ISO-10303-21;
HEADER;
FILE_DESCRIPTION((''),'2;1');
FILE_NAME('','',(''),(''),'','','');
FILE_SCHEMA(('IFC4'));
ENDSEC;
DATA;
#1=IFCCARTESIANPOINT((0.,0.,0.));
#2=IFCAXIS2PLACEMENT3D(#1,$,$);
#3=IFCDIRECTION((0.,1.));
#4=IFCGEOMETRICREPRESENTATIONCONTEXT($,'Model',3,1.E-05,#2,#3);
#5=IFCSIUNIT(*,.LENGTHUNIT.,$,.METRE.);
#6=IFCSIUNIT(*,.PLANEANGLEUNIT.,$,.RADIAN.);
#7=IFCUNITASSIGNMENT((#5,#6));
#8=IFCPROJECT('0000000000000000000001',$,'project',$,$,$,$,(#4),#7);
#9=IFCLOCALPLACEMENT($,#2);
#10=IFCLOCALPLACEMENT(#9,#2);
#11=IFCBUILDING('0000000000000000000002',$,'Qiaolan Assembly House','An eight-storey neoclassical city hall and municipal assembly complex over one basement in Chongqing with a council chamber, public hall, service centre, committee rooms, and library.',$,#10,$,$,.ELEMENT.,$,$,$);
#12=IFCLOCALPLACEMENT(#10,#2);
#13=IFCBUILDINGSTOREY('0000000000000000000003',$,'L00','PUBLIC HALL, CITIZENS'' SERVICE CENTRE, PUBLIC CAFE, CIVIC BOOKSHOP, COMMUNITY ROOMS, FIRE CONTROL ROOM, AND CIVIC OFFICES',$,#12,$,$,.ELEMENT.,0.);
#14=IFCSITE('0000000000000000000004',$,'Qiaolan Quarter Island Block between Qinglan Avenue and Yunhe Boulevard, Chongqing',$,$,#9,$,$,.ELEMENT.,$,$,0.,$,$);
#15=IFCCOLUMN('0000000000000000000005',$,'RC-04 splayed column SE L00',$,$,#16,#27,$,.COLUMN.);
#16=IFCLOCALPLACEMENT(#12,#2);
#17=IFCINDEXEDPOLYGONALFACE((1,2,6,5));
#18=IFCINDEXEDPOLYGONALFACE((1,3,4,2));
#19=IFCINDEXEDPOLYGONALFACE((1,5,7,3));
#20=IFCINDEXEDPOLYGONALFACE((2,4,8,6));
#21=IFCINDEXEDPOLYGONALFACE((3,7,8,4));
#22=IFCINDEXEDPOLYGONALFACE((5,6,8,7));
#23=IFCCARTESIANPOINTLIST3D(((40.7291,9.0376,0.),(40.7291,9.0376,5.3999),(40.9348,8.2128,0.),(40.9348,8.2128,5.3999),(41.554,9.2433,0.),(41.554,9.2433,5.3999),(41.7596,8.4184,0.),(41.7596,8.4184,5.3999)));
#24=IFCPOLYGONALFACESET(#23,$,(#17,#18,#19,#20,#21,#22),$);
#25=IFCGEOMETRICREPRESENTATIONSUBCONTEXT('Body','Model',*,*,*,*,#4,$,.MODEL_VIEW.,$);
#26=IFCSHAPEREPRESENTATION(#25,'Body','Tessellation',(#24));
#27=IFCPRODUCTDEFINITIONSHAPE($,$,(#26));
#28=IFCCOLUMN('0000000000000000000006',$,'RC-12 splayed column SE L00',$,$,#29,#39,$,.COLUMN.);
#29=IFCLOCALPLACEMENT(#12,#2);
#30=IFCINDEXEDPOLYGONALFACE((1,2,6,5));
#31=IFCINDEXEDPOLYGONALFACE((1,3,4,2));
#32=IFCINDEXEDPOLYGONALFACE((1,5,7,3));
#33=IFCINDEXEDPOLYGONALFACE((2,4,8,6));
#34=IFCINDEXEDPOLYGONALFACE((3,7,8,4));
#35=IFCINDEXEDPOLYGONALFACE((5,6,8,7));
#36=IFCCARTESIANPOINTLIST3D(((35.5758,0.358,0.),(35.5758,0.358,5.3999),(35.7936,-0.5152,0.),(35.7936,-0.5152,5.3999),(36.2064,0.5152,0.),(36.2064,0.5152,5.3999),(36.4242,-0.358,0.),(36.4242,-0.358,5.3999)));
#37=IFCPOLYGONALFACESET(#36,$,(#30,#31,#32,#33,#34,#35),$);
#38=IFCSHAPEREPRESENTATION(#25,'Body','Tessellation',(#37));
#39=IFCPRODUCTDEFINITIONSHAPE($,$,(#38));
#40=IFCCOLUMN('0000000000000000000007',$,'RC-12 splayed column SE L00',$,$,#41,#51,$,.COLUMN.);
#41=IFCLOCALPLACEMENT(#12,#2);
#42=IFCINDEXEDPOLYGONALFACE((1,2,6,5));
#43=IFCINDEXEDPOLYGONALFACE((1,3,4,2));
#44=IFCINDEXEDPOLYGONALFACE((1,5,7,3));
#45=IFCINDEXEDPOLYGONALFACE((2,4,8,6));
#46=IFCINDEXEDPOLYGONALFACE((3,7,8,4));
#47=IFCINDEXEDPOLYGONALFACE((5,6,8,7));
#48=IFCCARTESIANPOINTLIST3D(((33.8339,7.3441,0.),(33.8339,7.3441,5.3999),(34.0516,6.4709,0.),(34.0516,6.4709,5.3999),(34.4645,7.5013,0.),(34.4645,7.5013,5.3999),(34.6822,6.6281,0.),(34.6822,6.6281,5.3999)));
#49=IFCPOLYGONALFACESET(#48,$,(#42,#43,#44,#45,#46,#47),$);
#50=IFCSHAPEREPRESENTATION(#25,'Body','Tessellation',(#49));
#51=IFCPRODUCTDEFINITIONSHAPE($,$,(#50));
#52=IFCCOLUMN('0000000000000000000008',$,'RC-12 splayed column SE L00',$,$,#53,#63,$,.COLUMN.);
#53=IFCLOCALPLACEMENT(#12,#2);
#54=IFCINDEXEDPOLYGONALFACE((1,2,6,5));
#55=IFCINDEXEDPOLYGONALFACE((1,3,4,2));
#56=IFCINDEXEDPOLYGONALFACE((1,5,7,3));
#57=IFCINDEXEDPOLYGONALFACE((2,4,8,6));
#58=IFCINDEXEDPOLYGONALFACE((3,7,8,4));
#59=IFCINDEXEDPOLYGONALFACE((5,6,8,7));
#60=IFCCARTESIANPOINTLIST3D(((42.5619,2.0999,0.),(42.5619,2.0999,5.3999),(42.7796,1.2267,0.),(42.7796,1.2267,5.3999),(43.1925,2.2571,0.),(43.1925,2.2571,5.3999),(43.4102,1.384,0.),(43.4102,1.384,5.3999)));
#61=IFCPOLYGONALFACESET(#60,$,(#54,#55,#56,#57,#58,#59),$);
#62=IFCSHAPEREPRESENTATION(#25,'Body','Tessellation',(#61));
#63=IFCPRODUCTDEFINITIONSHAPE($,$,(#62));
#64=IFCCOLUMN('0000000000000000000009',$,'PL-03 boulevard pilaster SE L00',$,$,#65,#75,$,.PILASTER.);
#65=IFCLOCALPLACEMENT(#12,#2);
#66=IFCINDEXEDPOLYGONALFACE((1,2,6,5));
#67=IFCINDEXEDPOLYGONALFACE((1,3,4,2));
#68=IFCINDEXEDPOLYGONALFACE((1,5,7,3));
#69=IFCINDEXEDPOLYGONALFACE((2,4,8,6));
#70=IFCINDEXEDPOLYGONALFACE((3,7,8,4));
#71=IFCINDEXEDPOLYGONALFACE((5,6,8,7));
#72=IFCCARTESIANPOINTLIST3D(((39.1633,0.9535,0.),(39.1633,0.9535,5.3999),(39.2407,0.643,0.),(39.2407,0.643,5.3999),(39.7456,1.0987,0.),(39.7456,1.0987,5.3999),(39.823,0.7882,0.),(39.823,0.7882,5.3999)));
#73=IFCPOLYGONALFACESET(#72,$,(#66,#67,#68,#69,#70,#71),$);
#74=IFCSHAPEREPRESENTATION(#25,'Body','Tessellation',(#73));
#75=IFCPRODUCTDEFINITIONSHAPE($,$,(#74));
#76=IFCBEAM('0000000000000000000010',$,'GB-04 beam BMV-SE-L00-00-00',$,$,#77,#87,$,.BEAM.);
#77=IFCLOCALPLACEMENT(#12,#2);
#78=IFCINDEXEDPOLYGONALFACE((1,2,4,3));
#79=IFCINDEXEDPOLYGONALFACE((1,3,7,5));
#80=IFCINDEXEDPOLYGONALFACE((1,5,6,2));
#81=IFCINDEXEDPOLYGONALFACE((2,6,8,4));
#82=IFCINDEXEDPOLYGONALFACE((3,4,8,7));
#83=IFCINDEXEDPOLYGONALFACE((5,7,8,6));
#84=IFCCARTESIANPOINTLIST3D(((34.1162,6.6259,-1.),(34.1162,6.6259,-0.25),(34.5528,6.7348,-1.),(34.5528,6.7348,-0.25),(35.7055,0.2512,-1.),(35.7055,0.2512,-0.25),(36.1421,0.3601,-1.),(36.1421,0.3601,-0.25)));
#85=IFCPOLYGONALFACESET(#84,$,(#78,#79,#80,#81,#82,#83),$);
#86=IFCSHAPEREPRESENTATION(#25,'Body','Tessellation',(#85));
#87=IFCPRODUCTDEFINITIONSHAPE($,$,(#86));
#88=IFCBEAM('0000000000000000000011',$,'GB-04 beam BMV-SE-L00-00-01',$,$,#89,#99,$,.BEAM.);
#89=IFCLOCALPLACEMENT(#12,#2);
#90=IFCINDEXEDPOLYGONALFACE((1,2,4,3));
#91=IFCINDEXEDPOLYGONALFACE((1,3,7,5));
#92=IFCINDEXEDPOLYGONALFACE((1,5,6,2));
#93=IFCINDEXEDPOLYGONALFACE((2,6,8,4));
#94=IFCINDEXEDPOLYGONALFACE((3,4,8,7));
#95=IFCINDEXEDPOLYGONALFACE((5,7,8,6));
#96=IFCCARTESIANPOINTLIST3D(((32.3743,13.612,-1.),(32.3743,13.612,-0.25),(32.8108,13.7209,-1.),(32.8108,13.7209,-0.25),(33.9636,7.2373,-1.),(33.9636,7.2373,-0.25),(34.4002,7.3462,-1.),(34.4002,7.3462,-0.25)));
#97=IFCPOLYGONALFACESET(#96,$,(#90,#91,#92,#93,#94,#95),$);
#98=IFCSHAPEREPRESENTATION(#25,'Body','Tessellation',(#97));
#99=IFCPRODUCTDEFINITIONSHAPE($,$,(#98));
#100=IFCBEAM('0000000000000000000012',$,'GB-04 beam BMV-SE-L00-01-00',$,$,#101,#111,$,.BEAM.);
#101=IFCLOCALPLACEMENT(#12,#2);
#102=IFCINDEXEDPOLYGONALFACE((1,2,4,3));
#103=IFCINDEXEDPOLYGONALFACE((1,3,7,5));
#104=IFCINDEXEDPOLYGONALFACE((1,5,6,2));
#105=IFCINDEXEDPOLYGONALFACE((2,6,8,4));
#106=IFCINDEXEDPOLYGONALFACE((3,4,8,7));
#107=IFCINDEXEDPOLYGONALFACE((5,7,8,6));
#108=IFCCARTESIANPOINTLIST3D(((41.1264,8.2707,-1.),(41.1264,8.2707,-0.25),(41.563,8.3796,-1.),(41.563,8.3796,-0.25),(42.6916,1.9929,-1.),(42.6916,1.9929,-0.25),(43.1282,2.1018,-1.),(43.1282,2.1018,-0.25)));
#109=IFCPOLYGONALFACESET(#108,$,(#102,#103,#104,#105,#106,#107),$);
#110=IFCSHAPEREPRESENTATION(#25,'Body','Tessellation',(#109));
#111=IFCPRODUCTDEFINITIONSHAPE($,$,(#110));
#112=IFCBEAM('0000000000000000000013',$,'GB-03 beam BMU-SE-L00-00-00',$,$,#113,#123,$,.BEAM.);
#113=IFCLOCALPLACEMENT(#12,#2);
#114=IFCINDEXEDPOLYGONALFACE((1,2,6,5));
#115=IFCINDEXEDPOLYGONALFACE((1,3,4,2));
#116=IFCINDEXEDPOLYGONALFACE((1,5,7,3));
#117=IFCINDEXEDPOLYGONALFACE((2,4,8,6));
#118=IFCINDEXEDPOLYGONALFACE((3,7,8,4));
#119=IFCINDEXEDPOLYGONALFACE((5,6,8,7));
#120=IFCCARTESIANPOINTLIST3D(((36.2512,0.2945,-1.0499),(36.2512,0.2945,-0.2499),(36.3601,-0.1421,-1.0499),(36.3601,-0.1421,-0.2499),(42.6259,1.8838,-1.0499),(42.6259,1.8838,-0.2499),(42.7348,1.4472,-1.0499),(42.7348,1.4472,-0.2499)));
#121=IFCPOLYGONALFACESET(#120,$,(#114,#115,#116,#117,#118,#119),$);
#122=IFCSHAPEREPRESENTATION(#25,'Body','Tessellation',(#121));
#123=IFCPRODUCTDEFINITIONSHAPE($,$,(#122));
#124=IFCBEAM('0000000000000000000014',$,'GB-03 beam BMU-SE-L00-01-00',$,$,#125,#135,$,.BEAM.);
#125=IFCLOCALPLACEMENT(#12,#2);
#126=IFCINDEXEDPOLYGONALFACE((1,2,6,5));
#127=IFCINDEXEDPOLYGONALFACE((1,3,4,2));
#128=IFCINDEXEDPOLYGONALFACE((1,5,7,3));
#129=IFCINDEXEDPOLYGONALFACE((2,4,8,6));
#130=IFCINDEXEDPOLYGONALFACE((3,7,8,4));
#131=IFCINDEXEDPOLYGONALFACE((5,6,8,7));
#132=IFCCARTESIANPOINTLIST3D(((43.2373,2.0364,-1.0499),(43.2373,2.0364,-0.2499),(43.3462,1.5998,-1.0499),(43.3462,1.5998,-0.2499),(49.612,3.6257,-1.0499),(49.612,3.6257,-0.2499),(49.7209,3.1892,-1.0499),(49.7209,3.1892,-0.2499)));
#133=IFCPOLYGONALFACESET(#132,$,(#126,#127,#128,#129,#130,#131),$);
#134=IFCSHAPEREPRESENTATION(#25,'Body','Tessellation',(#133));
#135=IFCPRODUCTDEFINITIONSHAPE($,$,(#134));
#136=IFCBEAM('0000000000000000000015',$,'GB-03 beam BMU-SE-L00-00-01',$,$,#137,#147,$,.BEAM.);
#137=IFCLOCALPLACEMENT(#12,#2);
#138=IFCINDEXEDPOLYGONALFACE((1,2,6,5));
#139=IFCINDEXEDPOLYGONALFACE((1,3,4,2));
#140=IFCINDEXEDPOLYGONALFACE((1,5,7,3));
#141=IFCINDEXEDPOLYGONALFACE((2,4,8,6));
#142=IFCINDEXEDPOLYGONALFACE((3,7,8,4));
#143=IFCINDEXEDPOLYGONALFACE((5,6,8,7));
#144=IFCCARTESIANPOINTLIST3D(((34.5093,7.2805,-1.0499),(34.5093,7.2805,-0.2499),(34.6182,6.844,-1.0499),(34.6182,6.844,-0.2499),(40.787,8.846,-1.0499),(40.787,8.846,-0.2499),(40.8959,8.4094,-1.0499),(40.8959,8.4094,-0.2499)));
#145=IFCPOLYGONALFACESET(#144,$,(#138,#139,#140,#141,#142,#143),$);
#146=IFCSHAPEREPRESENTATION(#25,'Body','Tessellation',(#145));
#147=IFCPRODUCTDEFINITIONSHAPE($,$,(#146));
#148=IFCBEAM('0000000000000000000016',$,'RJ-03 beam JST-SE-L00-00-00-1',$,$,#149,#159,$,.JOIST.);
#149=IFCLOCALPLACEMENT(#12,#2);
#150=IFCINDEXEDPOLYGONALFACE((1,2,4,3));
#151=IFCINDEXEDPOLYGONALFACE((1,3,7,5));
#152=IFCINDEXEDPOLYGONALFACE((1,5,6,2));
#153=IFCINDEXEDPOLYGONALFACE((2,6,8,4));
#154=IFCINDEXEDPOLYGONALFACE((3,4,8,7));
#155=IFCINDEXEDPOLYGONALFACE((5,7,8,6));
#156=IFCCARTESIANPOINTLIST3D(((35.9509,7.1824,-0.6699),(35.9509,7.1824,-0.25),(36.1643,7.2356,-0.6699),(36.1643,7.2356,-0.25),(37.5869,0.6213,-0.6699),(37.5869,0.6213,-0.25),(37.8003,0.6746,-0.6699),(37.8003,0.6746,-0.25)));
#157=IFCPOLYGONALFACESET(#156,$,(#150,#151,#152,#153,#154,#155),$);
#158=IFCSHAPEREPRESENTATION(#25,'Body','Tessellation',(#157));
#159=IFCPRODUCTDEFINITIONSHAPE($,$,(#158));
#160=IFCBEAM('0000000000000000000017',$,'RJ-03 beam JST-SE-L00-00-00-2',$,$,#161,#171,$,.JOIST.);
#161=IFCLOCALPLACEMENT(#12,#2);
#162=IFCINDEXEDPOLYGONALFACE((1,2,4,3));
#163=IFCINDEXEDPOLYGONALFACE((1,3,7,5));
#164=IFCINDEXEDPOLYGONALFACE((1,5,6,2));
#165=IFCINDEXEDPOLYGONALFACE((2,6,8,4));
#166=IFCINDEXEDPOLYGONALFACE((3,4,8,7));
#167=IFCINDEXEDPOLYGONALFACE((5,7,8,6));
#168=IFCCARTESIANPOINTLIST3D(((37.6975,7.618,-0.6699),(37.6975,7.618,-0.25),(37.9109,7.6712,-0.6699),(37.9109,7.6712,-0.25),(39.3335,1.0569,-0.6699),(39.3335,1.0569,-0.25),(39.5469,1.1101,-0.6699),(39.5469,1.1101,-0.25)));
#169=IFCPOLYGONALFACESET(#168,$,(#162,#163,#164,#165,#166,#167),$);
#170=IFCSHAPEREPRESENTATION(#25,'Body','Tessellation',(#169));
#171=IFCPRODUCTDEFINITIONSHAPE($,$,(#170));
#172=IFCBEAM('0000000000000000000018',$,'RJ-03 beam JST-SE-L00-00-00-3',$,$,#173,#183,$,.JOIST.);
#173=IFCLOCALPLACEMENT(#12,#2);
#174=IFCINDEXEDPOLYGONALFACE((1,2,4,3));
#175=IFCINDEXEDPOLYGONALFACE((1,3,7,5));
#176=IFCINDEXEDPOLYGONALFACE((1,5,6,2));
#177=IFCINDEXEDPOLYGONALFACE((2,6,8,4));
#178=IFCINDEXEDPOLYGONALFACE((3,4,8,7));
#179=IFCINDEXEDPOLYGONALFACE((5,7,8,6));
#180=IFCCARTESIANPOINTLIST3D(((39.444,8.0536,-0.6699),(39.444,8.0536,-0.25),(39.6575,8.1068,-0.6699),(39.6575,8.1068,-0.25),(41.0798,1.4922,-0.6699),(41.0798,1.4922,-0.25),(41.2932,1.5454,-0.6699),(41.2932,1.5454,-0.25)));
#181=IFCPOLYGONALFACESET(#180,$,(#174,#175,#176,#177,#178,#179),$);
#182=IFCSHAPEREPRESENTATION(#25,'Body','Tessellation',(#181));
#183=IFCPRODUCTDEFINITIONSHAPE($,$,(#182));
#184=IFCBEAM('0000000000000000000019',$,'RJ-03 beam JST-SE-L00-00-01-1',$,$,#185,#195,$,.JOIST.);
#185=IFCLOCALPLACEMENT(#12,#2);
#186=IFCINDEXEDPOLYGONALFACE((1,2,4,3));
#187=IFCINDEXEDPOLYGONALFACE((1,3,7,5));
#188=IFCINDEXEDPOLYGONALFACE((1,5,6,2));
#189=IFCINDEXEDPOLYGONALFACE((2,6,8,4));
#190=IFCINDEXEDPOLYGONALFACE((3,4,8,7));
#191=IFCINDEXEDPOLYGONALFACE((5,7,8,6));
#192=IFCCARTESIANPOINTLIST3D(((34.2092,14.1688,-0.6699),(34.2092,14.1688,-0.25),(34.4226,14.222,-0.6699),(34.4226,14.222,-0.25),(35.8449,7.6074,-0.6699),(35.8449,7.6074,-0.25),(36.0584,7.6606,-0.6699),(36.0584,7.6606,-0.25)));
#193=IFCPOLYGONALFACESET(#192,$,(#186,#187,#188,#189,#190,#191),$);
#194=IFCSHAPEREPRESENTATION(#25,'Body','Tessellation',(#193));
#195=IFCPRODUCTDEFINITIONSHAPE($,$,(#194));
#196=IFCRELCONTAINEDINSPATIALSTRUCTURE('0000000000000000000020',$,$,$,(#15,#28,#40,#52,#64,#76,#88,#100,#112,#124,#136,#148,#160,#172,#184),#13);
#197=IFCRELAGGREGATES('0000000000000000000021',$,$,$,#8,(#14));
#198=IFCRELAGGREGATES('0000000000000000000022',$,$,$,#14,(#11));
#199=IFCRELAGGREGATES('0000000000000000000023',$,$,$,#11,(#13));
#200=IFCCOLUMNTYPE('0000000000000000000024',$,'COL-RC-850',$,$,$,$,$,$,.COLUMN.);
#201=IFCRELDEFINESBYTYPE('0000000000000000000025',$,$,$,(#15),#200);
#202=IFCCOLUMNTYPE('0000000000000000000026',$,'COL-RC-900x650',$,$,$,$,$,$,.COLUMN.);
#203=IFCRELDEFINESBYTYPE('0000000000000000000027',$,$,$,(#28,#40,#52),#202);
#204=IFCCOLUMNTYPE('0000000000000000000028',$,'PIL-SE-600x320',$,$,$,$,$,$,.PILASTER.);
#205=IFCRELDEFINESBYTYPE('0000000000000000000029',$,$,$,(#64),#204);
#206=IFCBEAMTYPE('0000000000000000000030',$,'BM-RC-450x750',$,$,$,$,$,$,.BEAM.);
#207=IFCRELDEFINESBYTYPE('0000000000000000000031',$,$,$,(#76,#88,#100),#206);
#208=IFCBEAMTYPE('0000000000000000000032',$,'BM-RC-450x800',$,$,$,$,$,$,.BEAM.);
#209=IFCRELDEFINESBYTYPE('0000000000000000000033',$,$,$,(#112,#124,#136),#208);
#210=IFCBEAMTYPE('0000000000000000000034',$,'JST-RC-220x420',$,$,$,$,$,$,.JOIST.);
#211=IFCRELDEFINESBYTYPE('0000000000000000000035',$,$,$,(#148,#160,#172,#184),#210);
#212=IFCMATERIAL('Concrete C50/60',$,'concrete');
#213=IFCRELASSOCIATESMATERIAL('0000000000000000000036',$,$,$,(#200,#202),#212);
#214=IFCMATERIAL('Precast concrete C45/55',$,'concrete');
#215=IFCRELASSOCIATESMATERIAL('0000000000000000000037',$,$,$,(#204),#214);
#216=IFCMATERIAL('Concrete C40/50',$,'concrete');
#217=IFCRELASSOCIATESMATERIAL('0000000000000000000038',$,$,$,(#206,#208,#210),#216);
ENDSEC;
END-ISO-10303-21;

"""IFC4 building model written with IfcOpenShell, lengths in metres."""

from ifc_helpers import new_model, si_unit, direction, frame, origin, origin_2d, place, context, subcontext, project, spatial, rectangle, extrude, material, material_profile, profile_set, type_object, element, save


model = new_model("IFC4")

# Units and contexts
model_context = context("Model", 3, precision=1e-05, world=origin(), true_north=direction((0.0, 1.0)))
body_context = subcontext(model_context, "Body", "Model", "MODEL_VIEW")
ifc_project = project(units=[si_unit("LENGTHUNIT", "METRE"), si_unit("PLANEANGLEUNIT", "RADIAN")], contexts=[model_context])

# Site, building, storey
site_placement = place(None, origin())
site = spatial("IfcSite", under=ifc_project, at=site_placement, Name="Qiaolan Quarter Island Block between Qinglan Avenue and Yunhe Boulevard, Chongqing", CompositionType="ELEMENT", RefElevation=0.0)
building_placement = place(site_placement, origin())
building = spatial("IfcBuilding", under=site, at=building_placement, Name="Qiaolan Assembly House", Description="An eight-storey neoclassical city hall and municipal assembly complex over one basement in Chongqing with a council chamber, public hall, service centre, committee rooms, and library.", CompositionType="ELEMENT")
storey_placement = place(building_placement, origin())
storey = spatial("IfcBuildingStorey", under=building, at=storey_placement, Name="L00", Description="PUBLIC HALL, CITIZENS' SERVICE CENTRE, PUBLIC CAFE, CIVIC BOOKSHOP, COMMUNITY ROOMS, FIRE CONTROL ROOM, AND CIVIC OFFICES", CompositionType="ELEMENT", Elevation=0.0)

# Columns
ifc_material_1 = material(Name="Concrete C50/60", Category="concrete")
ifc_material_profile_1 = material_profile(ifc_material_1, rectangle(XDim=0.8501, YDim=0.8501, at=origin_2d()), Name="RC 850x850")
ifc_profile_set_1 = profile_set([ifc_material_profile_1], Name="Concrete C50/60")
column_type_1 = type_object("IfcColumnType", Name="COL-RC-850", PredefinedType="COLUMN", material=ifc_profile_set_1)
column_1_placement = place(storey_placement, frame((41.2444, 8.728, 0.0), z_axis=(0.0, 0.0, 1.0), x_axis=(0.970296, 0.241922, 0.0)))
element("IfcColumn", 1, at=column_1_placement, inside=storey, type_object=column_type_1, Name="RC-04 splayed column SE L00", PredefinedType="COLUMN", context=body_context, shape_type="SweptSolid", body=[
    extrude(rectangle(XDim=0.8501, YDim=0.8501, at=origin_2d()), origin(), (0.0, 0.0, 1.0), 5.3999),
])
ifc_material_profile_2 = material_profile(ifc_material_1, rectangle(XDim=0.6499, YDim=0.8999, at=origin_2d()), Name="RC 900x650")
ifc_profile_set_2 = profile_set([ifc_material_profile_2], Name="Concrete C50/60")
column_type_2 = type_object("IfcColumnType", Name="COL-RC-900x650", PredefinedType="COLUMN", material=ifc_profile_set_2)
for number, where, z_axis, x_axis, name in (
    (2, (36.0, 0.0, 0.0), (0.0, 0.0, 1.0), (0.970296, 0.241922, 0.0), "RC-12 splayed column SE L00"),
    (3, (34.2581, 6.9861, 0.0), (0.0, 0.0, 1.0), (0.970296, 0.241922, 0.0), "RC-12 splayed column SE L00"),
    (4, (42.9861, 1.7419, 0.0), (0.0, 0.0, 1.0), (0.970296, 0.241922, 0.0), "RC-12 splayed column SE L00"),
):
    element("IfcColumn", number, at=place(storey_placement, frame(where, z_axis=z_axis, x_axis=x_axis)), inside=storey, type_object=column_type_2, Name=name, PredefinedType="COLUMN", context=body_context, shape_type="SweptSolid", body=[
        extrude(rectangle(XDim=0.6499, YDim=0.8999, at=origin_2d()), origin(), (0.0, 0.0, 1.0), 5.3999),
    ])
ifc_material_2 = material(Name="Precast concrete C45/55", Category="concrete")
ifc_material_profile_3 = material_profile(ifc_material_2, rectangle(XDim=0.6001, YDim=0.3201, at=origin_2d()), Name="PIL 600x320")
ifc_profile_set_3 = profile_set([ifc_material_profile_3], Name="Precast concrete C45/55")
column_type_3 = type_object("IfcColumnType", Name="PIL-SE-600x320", PredefinedType="PILASTER", material=ifc_profile_set_3)
column_2_placement = place(storey_placement, frame((39.4932, 0.8708, 0.0), z_axis=(0.0, 0.0, 1.0), x_axis=(0.970296, 0.241922, 0.0)))
element("IfcColumn", 5, at=column_2_placement, inside=storey, type_object=column_type_3, Name="PL-03 boulevard pilaster SE L00", PredefinedType="PILASTER", context=body_context, shape_type="SweptSolid", body=[
    extrude(rectangle(XDim=0.6001, YDim=0.3201, at=origin_2d()), origin(), (0.0, 0.0, 1.0), 5.3999),
])

# Beams
ifc_material_3 = material(Name="Concrete C40/50", Category="concrete")
ifc_material_profile_4 = material_profile(ifc_material_3, rectangle(XDim=0.45, YDim=0.75, at=origin_2d()), Name="RCB 450x750")
ifc_profile_set_4 = profile_set([ifc_material_profile_4], Name="Concrete C40/50")
beam_type_1 = type_object("IfcBeamType", Name="BM-RC-450x750", PredefinedType="BEAM", material=ifc_profile_set_4)
for number, where, z_axis, x_axis, name in (
    (6, (35.9238, 0.3057, -0.625), (-0.241915, 0.970298, 0.0), (-0.970298, -0.241915, 0.0), "GB-04 beam BMV-SE-L00-00-00"),
    (7, (34.1819, 7.2917, -0.625), (-0.241915, 0.970298, 0.0), (-0.970298, -0.241915, 0.0), "GB-04 beam BMV-SE-L00-00-01"),
):
    element("IfcBeam", number, at=place(storey_placement, frame(where, z_axis=z_axis, x_axis=x_axis)), inside=storey, type_object=beam_type_1, Name=name, PredefinedType="BEAM", context=body_context, shape_type="SweptSolid", body=[
        extrude(rectangle(XDim=0.45, YDim=0.75, at=origin_2d()), origin(), (0.0, 0.0, 1.0), 6.5698),
    ])
beam_1_placement = place(storey_placement, frame((42.9099, 2.0474, -0.625), z_axis=(-0.241914, 0.970298, 0.0), x_axis=(-0.970298, -0.241914, 0.0)))
element("IfcBeam", 8, at=beam_1_placement, inside=storey, type_object=beam_type_1, Name="GB-04 beam BMV-SE-L00-01-00", PredefinedType="BEAM", context=body_context, shape_type="SweptSolid", body=[
    extrude(rectangle(XDim=0.45, YDim=0.75, at=origin_2d()), origin(), (0.0, 0.0, 1.0), 6.47),
])
ifc_material_profile_5 = material_profile(ifc_material_3, rectangle(XDim=0.45, YDim=0.8, at=origin_2d()), Name="RCB 450x800")
ifc_profile_set_5 = profile_set([ifc_material_profile_5], Name="Concrete C40/50")
beam_type_2 = type_object("IfcBeamType", Name="BM-RC-450x800", PredefinedType="BEAM", material=ifc_profile_set_5)
for number, where, z_axis, x_axis, name in (
    (9, (36.3057, 0.0762, -0.6499), (0.970298, 0.241915, 0.0), (-0.241915, 0.970298, 0.0), "GB-03 beam BMU-SE-L00-00-00"),
    (10, (43.2917, 1.8181, -0.6499), (0.970298, 0.241915, 0.0), (-0.241915, 0.970298, 0.0), "GB-03 beam BMU-SE-L00-01-00"),
):
    element("IfcBeam", number, at=place(storey_placement, frame(where, z_axis=z_axis, x_axis=x_axis)), inside=storey, type_object=beam_type_2, Name=name, PredefinedType="BEAM", context=body_context, shape_type="SweptSolid", body=[
        extrude(rectangle(XDim=0.45, YDim=0.8, at=origin_2d()), origin(), (0.0, 0.0, 1.0), 6.5698),
    ])
beam_2_placement = place(storey_placement, frame((34.5637, 7.0623, -0.6499), z_axis=(0.970289, 0.24195, 0.0), x_axis=(-0.24195, 0.970289, 0.0)))
element("IfcBeam", 11, at=beam_2_placement, inside=storey, type_object=beam_type_2, Name="GB-03 beam BMU-SE-L00-00-01", PredefinedType="BEAM", context=body_context, shape_type="SweptSolid", body=[
    extrude(rectangle(XDim=0.45, YDim=0.8, at=origin_2d()), origin(), (0.0, 0.0, 1.0), 6.47),
])
ifc_material_profile_6 = material_profile(ifc_material_3, rectangle(XDim=0.22, YDim=0.4199, at=origin_2d()), Name="RCB 220x420")
ifc_profile_set_6 = profile_set([ifc_material_profile_6], Name="Concrete C40/50")
beam_type_3 = type_object("IfcBeamType", Name="JST-RC-220x420", PredefinedType="JOIST", material=ifc_profile_set_6)
for number, where, z_axis, x_axis, name in (
    (12, (37.6936, 0.6479, -0.46), (-0.241941, 0.970291, 0.0), (-0.970291, -0.241941, 0.0), "RJ-03 beam JST-SE-L00-00-00-1"),
    (13, (39.4402, 1.0835, -0.46), (-0.241941, 0.970291, 0.0), (-0.970291, -0.241941, 0.0), "RJ-03 beam JST-SE-L00-00-00-2"),
):
    element("IfcBeam", number, at=place(storey_placement, frame(where, z_axis=z_axis, x_axis=x_axis)), inside=storey, type_object=beam_type_3, Name=name, PredefinedType="JOIST", context=body_context, shape_type="SweptSolid", body=[
        extrude(rectangle(XDim=0.22, YDim=0.4199, at=origin_2d()), origin(), (0.0, 0.0, 1.0), 6.762),
    ])
for number, where, z_axis, x_axis, name in (
    (14, (41.1865, 1.5188, -0.46), (-0.241898, 0.970302, 0.0), (-0.970302, -0.241898, 0.0), "RJ-03 beam JST-SE-L00-00-00-3"),
    (15, (35.9517, 7.634, -0.46), (-0.241898, 0.970302, 0.0), (-0.970302, -0.241898, 0.0), "RJ-03 beam JST-SE-L00-00-01-1"),
):
    element("IfcBeam", number, at=place(storey_placement, frame(where, z_axis=z_axis, x_axis=x_axis)), inside=storey, type_object=beam_type_3, Name=name, PredefinedType="JOIST", context=body_context, shape_type="SweptSolid", body=[
        extrude(rectangle(XDim=0.22, YDim=0.4199, at=origin_2d()), origin(), (0.0, 0.0, 1.0), 6.7622),
    ])

save(model, "model.ifc")
